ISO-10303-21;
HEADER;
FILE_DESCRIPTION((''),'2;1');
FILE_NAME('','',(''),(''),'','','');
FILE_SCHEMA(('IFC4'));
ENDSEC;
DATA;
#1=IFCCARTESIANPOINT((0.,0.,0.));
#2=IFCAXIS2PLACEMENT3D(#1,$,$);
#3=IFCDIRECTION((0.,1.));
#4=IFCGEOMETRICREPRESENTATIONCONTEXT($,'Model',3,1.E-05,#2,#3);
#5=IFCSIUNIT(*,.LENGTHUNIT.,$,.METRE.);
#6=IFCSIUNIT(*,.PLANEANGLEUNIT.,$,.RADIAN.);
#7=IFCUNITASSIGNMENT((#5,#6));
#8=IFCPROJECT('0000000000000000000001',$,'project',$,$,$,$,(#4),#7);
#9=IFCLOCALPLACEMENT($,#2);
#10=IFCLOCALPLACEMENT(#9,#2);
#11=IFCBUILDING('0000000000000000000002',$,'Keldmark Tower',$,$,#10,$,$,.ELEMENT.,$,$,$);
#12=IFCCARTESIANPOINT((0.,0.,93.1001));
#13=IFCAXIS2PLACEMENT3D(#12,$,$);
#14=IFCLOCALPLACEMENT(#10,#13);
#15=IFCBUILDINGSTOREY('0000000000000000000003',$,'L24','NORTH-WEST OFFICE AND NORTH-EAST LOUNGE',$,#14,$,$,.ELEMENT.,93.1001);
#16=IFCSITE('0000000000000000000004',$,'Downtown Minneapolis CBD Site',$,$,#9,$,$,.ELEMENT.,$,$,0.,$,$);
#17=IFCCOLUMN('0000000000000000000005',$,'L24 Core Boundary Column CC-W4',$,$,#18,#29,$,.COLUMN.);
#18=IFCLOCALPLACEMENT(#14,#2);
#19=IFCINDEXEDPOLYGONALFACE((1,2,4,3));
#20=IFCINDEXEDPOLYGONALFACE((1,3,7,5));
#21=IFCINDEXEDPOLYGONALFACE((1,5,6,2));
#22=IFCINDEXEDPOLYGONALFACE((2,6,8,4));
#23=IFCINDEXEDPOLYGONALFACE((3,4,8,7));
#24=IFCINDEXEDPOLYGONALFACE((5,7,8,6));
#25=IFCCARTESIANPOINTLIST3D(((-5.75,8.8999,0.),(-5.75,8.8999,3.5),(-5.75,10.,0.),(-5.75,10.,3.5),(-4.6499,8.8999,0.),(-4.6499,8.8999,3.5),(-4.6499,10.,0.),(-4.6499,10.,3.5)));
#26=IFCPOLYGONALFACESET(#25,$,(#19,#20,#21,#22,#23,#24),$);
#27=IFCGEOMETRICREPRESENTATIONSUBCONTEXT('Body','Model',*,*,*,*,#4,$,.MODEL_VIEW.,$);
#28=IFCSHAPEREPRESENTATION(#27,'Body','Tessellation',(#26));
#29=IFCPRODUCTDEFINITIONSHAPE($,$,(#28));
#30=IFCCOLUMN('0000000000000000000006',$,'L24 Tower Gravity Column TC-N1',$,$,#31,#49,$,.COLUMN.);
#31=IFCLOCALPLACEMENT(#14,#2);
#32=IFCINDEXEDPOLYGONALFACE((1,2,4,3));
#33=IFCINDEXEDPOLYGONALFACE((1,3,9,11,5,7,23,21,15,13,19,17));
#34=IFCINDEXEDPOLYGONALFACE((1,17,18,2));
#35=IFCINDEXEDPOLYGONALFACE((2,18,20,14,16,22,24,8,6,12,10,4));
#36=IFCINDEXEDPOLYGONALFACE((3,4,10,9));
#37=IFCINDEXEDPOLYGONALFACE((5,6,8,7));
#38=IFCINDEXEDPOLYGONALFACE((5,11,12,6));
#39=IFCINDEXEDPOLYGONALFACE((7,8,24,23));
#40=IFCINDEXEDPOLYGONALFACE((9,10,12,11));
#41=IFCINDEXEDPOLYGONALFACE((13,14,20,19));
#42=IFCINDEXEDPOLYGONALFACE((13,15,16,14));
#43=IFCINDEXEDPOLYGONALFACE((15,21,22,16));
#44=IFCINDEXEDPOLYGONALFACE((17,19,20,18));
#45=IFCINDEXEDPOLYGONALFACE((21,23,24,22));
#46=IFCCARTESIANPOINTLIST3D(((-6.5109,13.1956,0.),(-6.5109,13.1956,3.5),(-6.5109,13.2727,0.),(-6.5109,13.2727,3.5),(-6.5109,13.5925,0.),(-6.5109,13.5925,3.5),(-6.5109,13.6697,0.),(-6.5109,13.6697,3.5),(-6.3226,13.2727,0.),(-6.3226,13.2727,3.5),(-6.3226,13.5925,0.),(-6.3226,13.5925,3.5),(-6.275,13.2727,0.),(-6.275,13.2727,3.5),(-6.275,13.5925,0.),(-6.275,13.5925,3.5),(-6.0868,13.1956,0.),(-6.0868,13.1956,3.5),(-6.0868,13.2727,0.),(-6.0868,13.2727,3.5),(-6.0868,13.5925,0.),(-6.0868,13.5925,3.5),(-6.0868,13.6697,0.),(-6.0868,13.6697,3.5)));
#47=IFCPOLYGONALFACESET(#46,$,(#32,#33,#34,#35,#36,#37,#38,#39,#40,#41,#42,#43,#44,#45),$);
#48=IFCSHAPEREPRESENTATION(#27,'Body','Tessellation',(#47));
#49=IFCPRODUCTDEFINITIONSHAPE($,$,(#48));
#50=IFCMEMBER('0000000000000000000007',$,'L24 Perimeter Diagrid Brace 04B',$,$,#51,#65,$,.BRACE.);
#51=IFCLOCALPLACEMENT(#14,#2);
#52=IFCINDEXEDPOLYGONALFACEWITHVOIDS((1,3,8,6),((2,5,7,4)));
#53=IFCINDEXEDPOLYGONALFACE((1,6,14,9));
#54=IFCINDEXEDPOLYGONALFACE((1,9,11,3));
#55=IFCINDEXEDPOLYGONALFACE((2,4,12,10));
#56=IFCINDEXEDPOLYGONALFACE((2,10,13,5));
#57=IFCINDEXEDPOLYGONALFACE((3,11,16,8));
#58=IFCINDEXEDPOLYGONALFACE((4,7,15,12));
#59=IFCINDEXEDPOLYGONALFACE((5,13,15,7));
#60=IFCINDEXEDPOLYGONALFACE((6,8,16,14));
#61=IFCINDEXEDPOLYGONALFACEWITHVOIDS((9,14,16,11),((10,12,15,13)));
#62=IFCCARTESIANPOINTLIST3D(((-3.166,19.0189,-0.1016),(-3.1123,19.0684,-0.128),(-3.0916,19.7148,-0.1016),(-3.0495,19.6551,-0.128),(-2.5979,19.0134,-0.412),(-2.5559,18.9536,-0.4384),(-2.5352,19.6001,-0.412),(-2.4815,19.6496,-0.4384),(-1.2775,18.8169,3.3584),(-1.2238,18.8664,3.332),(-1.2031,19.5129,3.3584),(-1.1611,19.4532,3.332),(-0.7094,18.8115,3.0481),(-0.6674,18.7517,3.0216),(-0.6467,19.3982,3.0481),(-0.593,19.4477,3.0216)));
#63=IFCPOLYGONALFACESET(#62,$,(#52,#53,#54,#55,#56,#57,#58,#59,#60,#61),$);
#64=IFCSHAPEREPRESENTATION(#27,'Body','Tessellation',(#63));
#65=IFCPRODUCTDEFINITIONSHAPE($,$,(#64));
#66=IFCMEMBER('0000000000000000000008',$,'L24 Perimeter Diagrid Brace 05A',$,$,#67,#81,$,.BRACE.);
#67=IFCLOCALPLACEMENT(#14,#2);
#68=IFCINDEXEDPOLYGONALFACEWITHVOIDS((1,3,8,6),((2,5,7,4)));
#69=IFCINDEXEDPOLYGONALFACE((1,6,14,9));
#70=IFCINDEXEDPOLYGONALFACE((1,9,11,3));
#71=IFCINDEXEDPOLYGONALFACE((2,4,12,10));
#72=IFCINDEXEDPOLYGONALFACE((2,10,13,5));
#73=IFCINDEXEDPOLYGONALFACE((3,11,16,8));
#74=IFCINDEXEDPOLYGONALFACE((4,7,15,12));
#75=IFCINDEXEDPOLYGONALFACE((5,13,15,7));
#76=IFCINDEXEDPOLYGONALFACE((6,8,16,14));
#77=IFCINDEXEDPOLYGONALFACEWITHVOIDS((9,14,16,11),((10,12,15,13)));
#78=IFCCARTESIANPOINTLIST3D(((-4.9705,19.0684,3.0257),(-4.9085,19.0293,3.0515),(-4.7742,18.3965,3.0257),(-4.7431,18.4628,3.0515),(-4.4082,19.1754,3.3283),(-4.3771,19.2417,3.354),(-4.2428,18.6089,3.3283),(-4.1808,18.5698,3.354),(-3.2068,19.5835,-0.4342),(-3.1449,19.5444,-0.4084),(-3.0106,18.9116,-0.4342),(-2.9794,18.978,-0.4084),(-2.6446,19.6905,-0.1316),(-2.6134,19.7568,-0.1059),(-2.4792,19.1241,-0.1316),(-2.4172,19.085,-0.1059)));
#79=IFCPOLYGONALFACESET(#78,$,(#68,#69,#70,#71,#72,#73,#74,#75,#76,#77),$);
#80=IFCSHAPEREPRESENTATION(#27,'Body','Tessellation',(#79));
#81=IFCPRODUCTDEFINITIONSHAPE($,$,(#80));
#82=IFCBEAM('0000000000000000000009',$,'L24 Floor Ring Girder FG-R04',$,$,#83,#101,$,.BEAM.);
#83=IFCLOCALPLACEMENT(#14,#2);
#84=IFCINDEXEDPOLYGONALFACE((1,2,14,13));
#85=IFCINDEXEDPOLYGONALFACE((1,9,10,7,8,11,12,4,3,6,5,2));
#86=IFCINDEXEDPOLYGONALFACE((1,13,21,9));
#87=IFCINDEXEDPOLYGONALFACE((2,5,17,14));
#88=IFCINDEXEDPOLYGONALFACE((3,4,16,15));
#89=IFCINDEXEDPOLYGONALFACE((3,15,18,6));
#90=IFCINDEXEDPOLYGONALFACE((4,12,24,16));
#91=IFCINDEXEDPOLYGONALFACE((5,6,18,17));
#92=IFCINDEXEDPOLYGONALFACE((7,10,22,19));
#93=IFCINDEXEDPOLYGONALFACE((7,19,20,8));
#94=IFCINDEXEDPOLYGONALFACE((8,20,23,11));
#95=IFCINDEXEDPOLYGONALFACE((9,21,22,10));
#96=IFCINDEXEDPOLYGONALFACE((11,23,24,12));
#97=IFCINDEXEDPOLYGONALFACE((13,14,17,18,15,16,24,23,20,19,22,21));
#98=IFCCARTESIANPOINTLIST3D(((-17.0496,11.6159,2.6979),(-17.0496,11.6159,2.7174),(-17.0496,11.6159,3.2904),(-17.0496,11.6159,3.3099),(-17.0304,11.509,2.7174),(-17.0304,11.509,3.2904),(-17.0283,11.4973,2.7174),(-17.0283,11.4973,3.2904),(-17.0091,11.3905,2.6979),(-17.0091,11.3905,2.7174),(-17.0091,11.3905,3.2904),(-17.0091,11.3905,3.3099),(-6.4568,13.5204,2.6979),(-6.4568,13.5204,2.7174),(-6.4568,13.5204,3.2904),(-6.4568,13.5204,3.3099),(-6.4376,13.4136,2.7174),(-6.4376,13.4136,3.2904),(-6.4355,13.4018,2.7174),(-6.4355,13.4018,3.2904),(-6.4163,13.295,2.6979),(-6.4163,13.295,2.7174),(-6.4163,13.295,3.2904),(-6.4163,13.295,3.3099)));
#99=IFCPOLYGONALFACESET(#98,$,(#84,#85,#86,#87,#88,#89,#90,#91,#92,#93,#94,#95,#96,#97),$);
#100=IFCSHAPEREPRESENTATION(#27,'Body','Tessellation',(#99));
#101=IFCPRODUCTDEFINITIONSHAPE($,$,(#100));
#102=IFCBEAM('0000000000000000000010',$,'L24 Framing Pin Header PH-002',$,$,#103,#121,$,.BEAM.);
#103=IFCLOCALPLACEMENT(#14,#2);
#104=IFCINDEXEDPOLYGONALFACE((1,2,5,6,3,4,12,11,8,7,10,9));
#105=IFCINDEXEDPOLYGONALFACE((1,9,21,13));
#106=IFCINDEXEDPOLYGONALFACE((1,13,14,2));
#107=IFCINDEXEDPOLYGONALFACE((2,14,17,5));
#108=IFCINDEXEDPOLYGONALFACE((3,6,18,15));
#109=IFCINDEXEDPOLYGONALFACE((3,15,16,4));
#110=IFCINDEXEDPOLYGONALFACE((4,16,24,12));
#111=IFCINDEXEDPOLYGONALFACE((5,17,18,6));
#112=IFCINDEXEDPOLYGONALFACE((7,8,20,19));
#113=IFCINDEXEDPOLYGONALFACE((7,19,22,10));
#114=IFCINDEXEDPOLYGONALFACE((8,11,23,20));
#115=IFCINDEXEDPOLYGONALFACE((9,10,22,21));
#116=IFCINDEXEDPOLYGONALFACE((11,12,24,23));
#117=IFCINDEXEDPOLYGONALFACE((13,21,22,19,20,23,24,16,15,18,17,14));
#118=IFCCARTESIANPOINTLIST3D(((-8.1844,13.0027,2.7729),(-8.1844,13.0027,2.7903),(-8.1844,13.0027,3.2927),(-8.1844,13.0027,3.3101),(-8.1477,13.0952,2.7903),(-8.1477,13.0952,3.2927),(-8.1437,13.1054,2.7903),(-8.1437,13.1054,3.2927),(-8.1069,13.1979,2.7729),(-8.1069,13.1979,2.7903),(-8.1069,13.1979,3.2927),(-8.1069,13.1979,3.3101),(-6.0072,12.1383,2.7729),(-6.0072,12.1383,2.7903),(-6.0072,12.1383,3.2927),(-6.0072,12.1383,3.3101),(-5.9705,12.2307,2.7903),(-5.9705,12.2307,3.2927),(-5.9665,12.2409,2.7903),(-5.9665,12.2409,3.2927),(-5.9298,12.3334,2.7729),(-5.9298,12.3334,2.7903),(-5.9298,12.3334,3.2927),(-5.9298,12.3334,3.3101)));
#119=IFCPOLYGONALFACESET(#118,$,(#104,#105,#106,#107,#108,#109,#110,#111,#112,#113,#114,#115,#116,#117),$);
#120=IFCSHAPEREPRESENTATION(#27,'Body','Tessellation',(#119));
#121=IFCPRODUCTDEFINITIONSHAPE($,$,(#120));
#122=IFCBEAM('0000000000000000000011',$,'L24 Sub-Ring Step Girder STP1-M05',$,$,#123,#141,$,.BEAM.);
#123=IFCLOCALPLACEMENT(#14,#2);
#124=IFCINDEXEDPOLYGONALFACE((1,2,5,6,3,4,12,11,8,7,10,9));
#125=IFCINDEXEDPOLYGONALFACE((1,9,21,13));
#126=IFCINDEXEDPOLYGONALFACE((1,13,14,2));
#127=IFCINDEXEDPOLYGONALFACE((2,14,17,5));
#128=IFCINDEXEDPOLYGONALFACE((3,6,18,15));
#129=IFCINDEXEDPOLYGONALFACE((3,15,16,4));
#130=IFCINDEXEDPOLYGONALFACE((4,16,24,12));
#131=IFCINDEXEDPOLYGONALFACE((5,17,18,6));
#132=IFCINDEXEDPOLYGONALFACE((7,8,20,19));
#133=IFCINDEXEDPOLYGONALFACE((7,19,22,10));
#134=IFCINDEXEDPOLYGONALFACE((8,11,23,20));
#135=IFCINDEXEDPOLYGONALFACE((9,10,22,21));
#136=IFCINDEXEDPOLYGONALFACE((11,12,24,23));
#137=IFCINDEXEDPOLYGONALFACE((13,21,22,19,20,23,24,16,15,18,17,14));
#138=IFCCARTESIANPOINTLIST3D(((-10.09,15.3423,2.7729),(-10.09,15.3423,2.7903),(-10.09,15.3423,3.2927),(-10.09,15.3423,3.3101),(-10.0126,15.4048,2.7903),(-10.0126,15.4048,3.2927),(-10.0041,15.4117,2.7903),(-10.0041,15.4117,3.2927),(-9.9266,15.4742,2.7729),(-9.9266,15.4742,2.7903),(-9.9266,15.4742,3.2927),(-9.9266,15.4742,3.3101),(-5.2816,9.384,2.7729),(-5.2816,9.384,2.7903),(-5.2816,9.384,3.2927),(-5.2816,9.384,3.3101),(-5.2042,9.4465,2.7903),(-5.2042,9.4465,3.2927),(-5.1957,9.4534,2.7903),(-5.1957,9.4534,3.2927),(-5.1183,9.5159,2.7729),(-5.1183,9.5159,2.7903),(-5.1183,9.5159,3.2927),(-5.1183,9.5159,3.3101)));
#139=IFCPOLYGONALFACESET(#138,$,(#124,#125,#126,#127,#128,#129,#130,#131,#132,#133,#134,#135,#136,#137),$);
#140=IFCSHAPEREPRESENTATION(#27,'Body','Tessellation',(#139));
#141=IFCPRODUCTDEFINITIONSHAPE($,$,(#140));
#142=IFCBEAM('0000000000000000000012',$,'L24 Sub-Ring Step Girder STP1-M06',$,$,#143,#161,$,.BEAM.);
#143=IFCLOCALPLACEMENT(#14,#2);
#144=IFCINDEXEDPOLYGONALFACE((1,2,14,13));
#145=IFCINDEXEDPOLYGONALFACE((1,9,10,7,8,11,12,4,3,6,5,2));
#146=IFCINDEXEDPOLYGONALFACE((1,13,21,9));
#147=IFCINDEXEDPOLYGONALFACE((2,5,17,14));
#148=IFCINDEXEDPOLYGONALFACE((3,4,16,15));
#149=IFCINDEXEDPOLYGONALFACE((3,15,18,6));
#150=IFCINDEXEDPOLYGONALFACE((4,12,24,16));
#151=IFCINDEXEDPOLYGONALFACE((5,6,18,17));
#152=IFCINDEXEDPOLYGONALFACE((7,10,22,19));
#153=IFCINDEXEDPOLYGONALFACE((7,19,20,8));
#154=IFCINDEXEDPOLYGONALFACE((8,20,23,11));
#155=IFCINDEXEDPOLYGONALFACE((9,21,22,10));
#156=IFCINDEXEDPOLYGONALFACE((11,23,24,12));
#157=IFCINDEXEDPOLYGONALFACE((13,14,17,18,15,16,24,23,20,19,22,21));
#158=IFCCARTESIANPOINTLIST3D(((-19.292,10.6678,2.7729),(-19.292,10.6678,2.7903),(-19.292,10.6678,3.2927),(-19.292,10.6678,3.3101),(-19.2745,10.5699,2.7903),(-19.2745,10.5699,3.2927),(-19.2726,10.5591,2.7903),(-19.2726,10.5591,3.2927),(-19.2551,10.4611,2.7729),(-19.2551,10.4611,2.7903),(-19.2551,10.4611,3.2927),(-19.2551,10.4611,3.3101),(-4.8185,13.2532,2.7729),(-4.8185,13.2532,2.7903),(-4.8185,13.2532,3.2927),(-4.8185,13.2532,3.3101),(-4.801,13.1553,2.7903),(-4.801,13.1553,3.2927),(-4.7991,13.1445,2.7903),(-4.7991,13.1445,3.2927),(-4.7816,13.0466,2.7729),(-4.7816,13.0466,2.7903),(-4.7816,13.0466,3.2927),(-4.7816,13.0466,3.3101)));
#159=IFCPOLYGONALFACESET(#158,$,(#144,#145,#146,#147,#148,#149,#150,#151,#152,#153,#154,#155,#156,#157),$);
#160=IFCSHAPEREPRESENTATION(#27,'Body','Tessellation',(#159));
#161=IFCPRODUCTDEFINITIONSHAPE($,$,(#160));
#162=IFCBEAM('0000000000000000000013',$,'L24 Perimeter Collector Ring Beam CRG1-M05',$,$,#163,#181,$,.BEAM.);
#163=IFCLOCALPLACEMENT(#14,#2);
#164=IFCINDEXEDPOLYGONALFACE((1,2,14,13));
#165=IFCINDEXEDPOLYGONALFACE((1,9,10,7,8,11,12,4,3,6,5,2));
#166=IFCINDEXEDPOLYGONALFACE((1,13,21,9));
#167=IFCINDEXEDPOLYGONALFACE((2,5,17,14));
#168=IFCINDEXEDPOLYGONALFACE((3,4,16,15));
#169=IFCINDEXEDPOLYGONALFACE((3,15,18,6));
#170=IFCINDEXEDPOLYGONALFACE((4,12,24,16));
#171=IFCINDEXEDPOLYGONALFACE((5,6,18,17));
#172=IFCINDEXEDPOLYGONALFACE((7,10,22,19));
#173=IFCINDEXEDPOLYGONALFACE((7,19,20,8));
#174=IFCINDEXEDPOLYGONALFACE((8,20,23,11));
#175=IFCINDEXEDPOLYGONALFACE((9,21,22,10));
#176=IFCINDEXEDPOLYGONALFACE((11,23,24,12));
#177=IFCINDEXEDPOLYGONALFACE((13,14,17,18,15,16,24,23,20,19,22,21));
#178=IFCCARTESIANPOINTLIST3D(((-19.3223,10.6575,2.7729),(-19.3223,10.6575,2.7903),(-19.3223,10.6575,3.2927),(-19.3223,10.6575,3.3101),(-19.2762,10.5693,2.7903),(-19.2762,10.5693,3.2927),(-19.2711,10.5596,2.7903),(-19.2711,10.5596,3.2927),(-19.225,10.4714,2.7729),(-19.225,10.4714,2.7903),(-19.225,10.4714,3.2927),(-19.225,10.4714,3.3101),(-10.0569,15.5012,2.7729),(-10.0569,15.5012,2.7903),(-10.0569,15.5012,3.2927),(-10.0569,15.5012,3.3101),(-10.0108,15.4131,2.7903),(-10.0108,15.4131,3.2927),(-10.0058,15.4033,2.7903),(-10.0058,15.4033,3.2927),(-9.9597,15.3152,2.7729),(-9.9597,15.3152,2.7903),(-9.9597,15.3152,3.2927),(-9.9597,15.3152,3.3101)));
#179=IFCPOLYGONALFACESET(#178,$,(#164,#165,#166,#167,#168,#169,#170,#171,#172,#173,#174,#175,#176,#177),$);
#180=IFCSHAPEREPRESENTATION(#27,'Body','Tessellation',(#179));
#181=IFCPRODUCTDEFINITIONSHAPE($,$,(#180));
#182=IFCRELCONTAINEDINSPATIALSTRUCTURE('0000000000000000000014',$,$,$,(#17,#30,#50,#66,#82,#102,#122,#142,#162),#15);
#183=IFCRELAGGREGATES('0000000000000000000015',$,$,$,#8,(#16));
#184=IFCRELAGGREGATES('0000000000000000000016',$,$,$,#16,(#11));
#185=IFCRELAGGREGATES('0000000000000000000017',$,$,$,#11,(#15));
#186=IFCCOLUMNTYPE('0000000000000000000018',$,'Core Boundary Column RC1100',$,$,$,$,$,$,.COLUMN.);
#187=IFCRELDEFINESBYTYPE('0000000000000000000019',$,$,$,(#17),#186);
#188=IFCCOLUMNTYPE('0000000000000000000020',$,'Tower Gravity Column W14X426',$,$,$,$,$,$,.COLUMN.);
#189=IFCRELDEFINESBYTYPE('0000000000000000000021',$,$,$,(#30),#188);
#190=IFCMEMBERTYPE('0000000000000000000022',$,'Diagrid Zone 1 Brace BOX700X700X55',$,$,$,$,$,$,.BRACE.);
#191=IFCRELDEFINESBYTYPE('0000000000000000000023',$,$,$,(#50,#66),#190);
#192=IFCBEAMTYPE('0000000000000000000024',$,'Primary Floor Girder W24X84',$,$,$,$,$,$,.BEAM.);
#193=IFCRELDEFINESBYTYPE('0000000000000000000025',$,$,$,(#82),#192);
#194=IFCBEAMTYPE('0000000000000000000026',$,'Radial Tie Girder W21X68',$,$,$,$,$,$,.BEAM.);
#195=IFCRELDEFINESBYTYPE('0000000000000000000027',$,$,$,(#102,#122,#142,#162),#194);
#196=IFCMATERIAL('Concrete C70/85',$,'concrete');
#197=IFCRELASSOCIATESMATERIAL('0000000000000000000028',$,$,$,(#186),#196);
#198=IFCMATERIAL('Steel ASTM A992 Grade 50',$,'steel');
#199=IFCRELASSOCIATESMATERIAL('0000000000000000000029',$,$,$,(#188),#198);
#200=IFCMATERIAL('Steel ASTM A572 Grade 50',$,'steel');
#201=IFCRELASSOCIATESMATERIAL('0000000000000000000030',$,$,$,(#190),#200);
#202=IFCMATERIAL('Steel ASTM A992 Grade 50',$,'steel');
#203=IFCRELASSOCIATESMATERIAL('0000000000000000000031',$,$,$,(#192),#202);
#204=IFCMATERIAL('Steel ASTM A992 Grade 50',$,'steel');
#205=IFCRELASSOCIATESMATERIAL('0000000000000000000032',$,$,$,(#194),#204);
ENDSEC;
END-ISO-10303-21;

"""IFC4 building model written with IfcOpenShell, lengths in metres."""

from ifc_helpers import new_model, si_unit, direction, frame, origin, origin_2d, place, context, subcontext, project, spatial, rectangle, hollow_rectangle, i_section, extrude, material, material_profile, profile_set, type_object, element, save


model = new_model("IFC4")

# Units and contexts
model_context = context("Model", 3, precision=1e-05, world=origin(), true_north=direction((0.0, 1.0)))
body_context = subcontext(model_context, "Body", "Model", "MODEL_VIEW")
ifc_project = project(units=[si_unit("LENGTHUNIT", "METRE"), si_unit("PLANEANGLEUNIT", "RADIAN")], contexts=[model_context])

# Site, building, storey
site_placement = place(None, origin())
site = spatial("IfcSite", under=ifc_project, at=site_placement, Name="Downtown Minneapolis CBD Site", CompositionType="ELEMENT", RefElevation=0.0)
building_placement = place(site_placement, origin())
building = spatial("IfcBuilding", under=site, at=building_placement, Name="Keldmark Tower", CompositionType="ELEMENT")
storey_placement = place(building_placement, frame((0.0, 0.0, 93.1001)))
storey = spatial("IfcBuildingStorey", under=building, at=storey_placement, Name="L24", Description="NORTH-WEST OFFICE AND NORTH-EAST LOUNGE", CompositionType="ELEMENT", Elevation=93.1001)

# Columns
ifc_material_1 = material(Name="Concrete C70/85", Category="concrete")
ifc_material_profile_1 = material_profile(ifc_material_1, rectangle(XDim=1.1001, YDim=1.1001, at=origin_2d()), Name="RC1100X1100")
ifc_profile_set_1 = profile_set([ifc_material_profile_1], Name="Concrete C70/85")
column_type_1 = type_object("IfcColumnType", Name="Core Boundary Column RC1100", PredefinedType="COLUMN", material=ifc_profile_set_1)
column_1_placement = place(storey_placement, frame((-5.2, 9.45, 0.0), z_axis=(0.0, 0.0, 1.0), x_axis=(1.0, 0.0, 0.0)))
element("IfcColumn", 1, at=column_1_placement, inside=storey, type_object=column_type_1, Name="L24 Core Boundary Column CC-W4", PredefinedType="COLUMN", context=body_context, shape_type="SweptSolid", body=[
    extrude(rectangle(XDim=1.1001, YDim=1.1001, at=origin_2d()), origin(), (0.0, 0.0, 1.0), 3.5),
])
ifc_material_2 = material(Name="Steel ASTM A992 Grade 50", Category="steel")
ifc_material_profile_2 = material_profile(ifc_material_2, i_section(OverallWidth=0.4241, OverallDepth=0.4741, WebThickness=0.0476, FlangeThickness=0.0771, at=origin_2d()), Name="W14X426")
ifc_profile_set_2 = profile_set([ifc_material_profile_2], Name="Steel ASTM A992 Grade 50")
column_type_2 = type_object("IfcColumnType", Name="Tower Gravity Column W14X426", PredefinedType="COLUMN", material=ifc_profile_set_2)
column_2_placement = place(storey_placement, frame((-6.2988, 13.4326, 0.0), z_axis=(0.0, 0.0, 1.0), x_axis=(1.0, 0.0, 0.0)))
element("IfcColumn", 2, at=column_2_placement, inside=storey, type_object=column_type_2, Name="L24 Tower Gravity Column TC-N1", PredefinedType="COLUMN", context=body_context, shape_type="SweptSolid", body=[
    extrude(i_section(OverallWidth=0.4241, OverallDepth=0.4741, WebThickness=0.0476, FlangeThickness=0.0771, at=origin_2d()), origin(), (0.0, 0.0, 1.0), 3.5),
])

# Members
ifc_material_3 = material(Name="Steel ASTM A572 Grade 50", Category="steel")
ifc_material_profile_3 = material_profile(ifc_material_3, hollow_rectangle(XDim=0.7, YDim=0.7, WallThickness=0.0549, at=origin_2d()), Name="BOX700X700X55")
ifc_profile_set_3 = profile_set([ifc_material_profile_3], Name="Steel ASTM A572 Grade 50")
member_type = type_object("IfcMemberType", Name="Diagrid Zone 1 Brace BOX700X700X55", PredefinedType="BRACE", material=ifc_profile_set_3)
member_1_placement = place(storey_placement, frame((-2.8237, 19.3342, -0.27), z_axis=(0.478455, -0.051155, 0.876621), x_axis=(0.106311, 0.994333, 0.0)))
element("IfcMember", 3, at=member_1_placement, inside=storey, type_object=member_type, Name="L24 Perimeter Diagrid Brace 04B", PredefinedType="BRACE", context=body_context, shape_type="SweptSolid", body=[
    extrude(hollow_rectangle(XDim=0.7, YDim=0.7, WallThickness=0.0549, at=origin_2d()), origin(), (0.0, 0.0, 1.0), 3.947),
])
member_2_placement = place(storey_placement, frame((-2.812, 19.3342, -0.27), z_axis=(-0.450197, -0.131494, 0.883194), x_axis=(0.280367, -0.959893, 0.0)))
element("IfcMember", 4, at=member_2_placement, inside=storey, type_object=member_type, Name="L24 Perimeter Diagrid Brace 05A", PredefinedType="BRACE", context=body_context, shape_type="SweptSolid", body=[
    extrude(hollow_rectangle(XDim=0.7, YDim=0.7, WallThickness=0.0549, at=origin_2d()), origin(), (0.0, 0.0, 1.0), 3.9175),
])

# Beams
ifc_material_4 = material(Name="Steel ASTM A992 Grade 50", Category="steel")
ifc_material_profile_4 = material_profile(ifc_material_4, i_section(OverallWidth=0.229, OverallDepth=0.6121, WebThickness=0.012, FlangeThickness=0.0195, at=origin_2d()), Name="W24X84")
ifc_profile_set_4 = profile_set([ifc_material_profile_4], Name="Steel ASTM A992 Grade 50")
beam_type_1 = type_object("IfcBeamType", Name="Primary Floor Girder W24X84", PredefinedType="BEAM", material=ifc_profile_set_4)
beam_1_placement = place(storey_placement, frame((-6.4365, 13.4077, 3.0039), z_axis=(-0.984218, -0.176959, 0.0), x_axis=(0.176959, -0.984218, 0.0)))
element("IfcBeam", 5, at=beam_1_placement, inside=storey, type_object=beam_type_1, Name="L24 Floor Ring Girder FG-R04", PredefinedType="BEAM", context=body_context, shape_type="SweptSolid", body=[
    extrude(i_section(OverallWidth=0.229, OverallDepth=0.6121, WebThickness=0.012, FlangeThickness=0.0195, at=origin_2d()), origin(), (0.0, 0.0, 1.0), 10.7627),
])
ifc_material_5 = material(Name="Steel ASTM A992 Grade 50", Category="steel")
ifc_material_profile_5 = material_profile(ifc_material_5, i_section(OverallWidth=0.21, OverallDepth=0.5371, WebThickness=0.011, FlangeThickness=0.0173, at=origin_2d()), Name="W21X68")
ifc_profile_set_5 = profile_set([ifc_material_profile_5], Name="Steel ASTM A992 Grade 50")
beam_type_2 = type_object("IfcBeamType", Name="Radial Tie Girder W21X68", PredefinedType="BEAM", material=ifc_profile_set_5)
beam_2_placement = place(storey_placement, frame((-5.9685, 12.2358, 3.0415), z_axis=(-0.929415, 0.369036, 0.0), x_axis=(-0.369036, -0.929415, 0.0)))
element("IfcBeam", 6, at=beam_2_placement, inside=storey, type_object=beam_type_2, Name="L24 Framing Pin Header PH-002", PredefinedType="BEAM", context=body_context, shape_type="SweptSolid", body=[
    extrude(i_section(OverallWidth=0.21, OverallDepth=0.5371, WebThickness=0.011, FlangeThickness=0.0173, at=origin_2d()), origin(), (0.0, 0.0, 1.0), 2.3425),
])
beam_3_placement = place(storey_placement, frame((-5.2, 9.45, 3.0415), z_axis=(-0.628014, 0.778202, 0.0), x_axis=(-0.778202, -0.628014, 0.0)))
element("IfcBeam", 7, at=beam_3_placement, inside=storey, type_object=beam_type_2, Name="L24 Sub-Ring Step Girder STP1-M05", PredefinedType="BEAM", context=body_context, shape_type="SweptSolid", body=[
    extrude(i_section(OverallWidth=0.21, OverallDepth=0.5371, WebThickness=0.011, FlangeThickness=0.0173, at=origin_2d()), origin(), (0.0, 0.0, 1.0), 7.6565),
])
beam_4_placement = place(storey_placement, frame((-4.8, 13.1499, 3.0415), z_axis=(-0.984417, -0.175848, 0.0), x_axis=(0.175848, -0.984417, 0.0)))
element("IfcBeam", 8, at=beam_4_placement, inside=storey, type_object=beam_type_2, Name="L24 Sub-Ring Step Girder STP1-M06", PredefinedType="BEAM", context=body_context, shape_type="SweptSolid", body=[
    extrude(i_section(OverallWidth=0.21, OverallDepth=0.5371, WebThickness=0.011, FlangeThickness=0.0173, at=origin_2d()), origin(), (0.0, 0.0, 1.0), 14.7026),
])
beam_5_placement = place(storey_placement, frame((-10.0083, 15.4082, 3.0415), z_axis=(-0.886206, -0.46329, 0.0), x_axis=(0.46329, -0.886206, 0.0)))
element("IfcBeam", 9, at=beam_5_placement, inside=storey, type_object=beam_type_2, Name="L24 Perimeter Collector Ring Beam CRG1-M05", PredefinedType="BEAM", context=body_context, shape_type="SweptSolid", body=[
    extrude(i_section(OverallWidth=0.21, OverallDepth=0.5371, WebThickness=0.011, FlangeThickness=0.0173, at=origin_2d()), origin(), (0.0, 0.0, 1.0), 10.4551),
])

save(model, "model.ifc")
